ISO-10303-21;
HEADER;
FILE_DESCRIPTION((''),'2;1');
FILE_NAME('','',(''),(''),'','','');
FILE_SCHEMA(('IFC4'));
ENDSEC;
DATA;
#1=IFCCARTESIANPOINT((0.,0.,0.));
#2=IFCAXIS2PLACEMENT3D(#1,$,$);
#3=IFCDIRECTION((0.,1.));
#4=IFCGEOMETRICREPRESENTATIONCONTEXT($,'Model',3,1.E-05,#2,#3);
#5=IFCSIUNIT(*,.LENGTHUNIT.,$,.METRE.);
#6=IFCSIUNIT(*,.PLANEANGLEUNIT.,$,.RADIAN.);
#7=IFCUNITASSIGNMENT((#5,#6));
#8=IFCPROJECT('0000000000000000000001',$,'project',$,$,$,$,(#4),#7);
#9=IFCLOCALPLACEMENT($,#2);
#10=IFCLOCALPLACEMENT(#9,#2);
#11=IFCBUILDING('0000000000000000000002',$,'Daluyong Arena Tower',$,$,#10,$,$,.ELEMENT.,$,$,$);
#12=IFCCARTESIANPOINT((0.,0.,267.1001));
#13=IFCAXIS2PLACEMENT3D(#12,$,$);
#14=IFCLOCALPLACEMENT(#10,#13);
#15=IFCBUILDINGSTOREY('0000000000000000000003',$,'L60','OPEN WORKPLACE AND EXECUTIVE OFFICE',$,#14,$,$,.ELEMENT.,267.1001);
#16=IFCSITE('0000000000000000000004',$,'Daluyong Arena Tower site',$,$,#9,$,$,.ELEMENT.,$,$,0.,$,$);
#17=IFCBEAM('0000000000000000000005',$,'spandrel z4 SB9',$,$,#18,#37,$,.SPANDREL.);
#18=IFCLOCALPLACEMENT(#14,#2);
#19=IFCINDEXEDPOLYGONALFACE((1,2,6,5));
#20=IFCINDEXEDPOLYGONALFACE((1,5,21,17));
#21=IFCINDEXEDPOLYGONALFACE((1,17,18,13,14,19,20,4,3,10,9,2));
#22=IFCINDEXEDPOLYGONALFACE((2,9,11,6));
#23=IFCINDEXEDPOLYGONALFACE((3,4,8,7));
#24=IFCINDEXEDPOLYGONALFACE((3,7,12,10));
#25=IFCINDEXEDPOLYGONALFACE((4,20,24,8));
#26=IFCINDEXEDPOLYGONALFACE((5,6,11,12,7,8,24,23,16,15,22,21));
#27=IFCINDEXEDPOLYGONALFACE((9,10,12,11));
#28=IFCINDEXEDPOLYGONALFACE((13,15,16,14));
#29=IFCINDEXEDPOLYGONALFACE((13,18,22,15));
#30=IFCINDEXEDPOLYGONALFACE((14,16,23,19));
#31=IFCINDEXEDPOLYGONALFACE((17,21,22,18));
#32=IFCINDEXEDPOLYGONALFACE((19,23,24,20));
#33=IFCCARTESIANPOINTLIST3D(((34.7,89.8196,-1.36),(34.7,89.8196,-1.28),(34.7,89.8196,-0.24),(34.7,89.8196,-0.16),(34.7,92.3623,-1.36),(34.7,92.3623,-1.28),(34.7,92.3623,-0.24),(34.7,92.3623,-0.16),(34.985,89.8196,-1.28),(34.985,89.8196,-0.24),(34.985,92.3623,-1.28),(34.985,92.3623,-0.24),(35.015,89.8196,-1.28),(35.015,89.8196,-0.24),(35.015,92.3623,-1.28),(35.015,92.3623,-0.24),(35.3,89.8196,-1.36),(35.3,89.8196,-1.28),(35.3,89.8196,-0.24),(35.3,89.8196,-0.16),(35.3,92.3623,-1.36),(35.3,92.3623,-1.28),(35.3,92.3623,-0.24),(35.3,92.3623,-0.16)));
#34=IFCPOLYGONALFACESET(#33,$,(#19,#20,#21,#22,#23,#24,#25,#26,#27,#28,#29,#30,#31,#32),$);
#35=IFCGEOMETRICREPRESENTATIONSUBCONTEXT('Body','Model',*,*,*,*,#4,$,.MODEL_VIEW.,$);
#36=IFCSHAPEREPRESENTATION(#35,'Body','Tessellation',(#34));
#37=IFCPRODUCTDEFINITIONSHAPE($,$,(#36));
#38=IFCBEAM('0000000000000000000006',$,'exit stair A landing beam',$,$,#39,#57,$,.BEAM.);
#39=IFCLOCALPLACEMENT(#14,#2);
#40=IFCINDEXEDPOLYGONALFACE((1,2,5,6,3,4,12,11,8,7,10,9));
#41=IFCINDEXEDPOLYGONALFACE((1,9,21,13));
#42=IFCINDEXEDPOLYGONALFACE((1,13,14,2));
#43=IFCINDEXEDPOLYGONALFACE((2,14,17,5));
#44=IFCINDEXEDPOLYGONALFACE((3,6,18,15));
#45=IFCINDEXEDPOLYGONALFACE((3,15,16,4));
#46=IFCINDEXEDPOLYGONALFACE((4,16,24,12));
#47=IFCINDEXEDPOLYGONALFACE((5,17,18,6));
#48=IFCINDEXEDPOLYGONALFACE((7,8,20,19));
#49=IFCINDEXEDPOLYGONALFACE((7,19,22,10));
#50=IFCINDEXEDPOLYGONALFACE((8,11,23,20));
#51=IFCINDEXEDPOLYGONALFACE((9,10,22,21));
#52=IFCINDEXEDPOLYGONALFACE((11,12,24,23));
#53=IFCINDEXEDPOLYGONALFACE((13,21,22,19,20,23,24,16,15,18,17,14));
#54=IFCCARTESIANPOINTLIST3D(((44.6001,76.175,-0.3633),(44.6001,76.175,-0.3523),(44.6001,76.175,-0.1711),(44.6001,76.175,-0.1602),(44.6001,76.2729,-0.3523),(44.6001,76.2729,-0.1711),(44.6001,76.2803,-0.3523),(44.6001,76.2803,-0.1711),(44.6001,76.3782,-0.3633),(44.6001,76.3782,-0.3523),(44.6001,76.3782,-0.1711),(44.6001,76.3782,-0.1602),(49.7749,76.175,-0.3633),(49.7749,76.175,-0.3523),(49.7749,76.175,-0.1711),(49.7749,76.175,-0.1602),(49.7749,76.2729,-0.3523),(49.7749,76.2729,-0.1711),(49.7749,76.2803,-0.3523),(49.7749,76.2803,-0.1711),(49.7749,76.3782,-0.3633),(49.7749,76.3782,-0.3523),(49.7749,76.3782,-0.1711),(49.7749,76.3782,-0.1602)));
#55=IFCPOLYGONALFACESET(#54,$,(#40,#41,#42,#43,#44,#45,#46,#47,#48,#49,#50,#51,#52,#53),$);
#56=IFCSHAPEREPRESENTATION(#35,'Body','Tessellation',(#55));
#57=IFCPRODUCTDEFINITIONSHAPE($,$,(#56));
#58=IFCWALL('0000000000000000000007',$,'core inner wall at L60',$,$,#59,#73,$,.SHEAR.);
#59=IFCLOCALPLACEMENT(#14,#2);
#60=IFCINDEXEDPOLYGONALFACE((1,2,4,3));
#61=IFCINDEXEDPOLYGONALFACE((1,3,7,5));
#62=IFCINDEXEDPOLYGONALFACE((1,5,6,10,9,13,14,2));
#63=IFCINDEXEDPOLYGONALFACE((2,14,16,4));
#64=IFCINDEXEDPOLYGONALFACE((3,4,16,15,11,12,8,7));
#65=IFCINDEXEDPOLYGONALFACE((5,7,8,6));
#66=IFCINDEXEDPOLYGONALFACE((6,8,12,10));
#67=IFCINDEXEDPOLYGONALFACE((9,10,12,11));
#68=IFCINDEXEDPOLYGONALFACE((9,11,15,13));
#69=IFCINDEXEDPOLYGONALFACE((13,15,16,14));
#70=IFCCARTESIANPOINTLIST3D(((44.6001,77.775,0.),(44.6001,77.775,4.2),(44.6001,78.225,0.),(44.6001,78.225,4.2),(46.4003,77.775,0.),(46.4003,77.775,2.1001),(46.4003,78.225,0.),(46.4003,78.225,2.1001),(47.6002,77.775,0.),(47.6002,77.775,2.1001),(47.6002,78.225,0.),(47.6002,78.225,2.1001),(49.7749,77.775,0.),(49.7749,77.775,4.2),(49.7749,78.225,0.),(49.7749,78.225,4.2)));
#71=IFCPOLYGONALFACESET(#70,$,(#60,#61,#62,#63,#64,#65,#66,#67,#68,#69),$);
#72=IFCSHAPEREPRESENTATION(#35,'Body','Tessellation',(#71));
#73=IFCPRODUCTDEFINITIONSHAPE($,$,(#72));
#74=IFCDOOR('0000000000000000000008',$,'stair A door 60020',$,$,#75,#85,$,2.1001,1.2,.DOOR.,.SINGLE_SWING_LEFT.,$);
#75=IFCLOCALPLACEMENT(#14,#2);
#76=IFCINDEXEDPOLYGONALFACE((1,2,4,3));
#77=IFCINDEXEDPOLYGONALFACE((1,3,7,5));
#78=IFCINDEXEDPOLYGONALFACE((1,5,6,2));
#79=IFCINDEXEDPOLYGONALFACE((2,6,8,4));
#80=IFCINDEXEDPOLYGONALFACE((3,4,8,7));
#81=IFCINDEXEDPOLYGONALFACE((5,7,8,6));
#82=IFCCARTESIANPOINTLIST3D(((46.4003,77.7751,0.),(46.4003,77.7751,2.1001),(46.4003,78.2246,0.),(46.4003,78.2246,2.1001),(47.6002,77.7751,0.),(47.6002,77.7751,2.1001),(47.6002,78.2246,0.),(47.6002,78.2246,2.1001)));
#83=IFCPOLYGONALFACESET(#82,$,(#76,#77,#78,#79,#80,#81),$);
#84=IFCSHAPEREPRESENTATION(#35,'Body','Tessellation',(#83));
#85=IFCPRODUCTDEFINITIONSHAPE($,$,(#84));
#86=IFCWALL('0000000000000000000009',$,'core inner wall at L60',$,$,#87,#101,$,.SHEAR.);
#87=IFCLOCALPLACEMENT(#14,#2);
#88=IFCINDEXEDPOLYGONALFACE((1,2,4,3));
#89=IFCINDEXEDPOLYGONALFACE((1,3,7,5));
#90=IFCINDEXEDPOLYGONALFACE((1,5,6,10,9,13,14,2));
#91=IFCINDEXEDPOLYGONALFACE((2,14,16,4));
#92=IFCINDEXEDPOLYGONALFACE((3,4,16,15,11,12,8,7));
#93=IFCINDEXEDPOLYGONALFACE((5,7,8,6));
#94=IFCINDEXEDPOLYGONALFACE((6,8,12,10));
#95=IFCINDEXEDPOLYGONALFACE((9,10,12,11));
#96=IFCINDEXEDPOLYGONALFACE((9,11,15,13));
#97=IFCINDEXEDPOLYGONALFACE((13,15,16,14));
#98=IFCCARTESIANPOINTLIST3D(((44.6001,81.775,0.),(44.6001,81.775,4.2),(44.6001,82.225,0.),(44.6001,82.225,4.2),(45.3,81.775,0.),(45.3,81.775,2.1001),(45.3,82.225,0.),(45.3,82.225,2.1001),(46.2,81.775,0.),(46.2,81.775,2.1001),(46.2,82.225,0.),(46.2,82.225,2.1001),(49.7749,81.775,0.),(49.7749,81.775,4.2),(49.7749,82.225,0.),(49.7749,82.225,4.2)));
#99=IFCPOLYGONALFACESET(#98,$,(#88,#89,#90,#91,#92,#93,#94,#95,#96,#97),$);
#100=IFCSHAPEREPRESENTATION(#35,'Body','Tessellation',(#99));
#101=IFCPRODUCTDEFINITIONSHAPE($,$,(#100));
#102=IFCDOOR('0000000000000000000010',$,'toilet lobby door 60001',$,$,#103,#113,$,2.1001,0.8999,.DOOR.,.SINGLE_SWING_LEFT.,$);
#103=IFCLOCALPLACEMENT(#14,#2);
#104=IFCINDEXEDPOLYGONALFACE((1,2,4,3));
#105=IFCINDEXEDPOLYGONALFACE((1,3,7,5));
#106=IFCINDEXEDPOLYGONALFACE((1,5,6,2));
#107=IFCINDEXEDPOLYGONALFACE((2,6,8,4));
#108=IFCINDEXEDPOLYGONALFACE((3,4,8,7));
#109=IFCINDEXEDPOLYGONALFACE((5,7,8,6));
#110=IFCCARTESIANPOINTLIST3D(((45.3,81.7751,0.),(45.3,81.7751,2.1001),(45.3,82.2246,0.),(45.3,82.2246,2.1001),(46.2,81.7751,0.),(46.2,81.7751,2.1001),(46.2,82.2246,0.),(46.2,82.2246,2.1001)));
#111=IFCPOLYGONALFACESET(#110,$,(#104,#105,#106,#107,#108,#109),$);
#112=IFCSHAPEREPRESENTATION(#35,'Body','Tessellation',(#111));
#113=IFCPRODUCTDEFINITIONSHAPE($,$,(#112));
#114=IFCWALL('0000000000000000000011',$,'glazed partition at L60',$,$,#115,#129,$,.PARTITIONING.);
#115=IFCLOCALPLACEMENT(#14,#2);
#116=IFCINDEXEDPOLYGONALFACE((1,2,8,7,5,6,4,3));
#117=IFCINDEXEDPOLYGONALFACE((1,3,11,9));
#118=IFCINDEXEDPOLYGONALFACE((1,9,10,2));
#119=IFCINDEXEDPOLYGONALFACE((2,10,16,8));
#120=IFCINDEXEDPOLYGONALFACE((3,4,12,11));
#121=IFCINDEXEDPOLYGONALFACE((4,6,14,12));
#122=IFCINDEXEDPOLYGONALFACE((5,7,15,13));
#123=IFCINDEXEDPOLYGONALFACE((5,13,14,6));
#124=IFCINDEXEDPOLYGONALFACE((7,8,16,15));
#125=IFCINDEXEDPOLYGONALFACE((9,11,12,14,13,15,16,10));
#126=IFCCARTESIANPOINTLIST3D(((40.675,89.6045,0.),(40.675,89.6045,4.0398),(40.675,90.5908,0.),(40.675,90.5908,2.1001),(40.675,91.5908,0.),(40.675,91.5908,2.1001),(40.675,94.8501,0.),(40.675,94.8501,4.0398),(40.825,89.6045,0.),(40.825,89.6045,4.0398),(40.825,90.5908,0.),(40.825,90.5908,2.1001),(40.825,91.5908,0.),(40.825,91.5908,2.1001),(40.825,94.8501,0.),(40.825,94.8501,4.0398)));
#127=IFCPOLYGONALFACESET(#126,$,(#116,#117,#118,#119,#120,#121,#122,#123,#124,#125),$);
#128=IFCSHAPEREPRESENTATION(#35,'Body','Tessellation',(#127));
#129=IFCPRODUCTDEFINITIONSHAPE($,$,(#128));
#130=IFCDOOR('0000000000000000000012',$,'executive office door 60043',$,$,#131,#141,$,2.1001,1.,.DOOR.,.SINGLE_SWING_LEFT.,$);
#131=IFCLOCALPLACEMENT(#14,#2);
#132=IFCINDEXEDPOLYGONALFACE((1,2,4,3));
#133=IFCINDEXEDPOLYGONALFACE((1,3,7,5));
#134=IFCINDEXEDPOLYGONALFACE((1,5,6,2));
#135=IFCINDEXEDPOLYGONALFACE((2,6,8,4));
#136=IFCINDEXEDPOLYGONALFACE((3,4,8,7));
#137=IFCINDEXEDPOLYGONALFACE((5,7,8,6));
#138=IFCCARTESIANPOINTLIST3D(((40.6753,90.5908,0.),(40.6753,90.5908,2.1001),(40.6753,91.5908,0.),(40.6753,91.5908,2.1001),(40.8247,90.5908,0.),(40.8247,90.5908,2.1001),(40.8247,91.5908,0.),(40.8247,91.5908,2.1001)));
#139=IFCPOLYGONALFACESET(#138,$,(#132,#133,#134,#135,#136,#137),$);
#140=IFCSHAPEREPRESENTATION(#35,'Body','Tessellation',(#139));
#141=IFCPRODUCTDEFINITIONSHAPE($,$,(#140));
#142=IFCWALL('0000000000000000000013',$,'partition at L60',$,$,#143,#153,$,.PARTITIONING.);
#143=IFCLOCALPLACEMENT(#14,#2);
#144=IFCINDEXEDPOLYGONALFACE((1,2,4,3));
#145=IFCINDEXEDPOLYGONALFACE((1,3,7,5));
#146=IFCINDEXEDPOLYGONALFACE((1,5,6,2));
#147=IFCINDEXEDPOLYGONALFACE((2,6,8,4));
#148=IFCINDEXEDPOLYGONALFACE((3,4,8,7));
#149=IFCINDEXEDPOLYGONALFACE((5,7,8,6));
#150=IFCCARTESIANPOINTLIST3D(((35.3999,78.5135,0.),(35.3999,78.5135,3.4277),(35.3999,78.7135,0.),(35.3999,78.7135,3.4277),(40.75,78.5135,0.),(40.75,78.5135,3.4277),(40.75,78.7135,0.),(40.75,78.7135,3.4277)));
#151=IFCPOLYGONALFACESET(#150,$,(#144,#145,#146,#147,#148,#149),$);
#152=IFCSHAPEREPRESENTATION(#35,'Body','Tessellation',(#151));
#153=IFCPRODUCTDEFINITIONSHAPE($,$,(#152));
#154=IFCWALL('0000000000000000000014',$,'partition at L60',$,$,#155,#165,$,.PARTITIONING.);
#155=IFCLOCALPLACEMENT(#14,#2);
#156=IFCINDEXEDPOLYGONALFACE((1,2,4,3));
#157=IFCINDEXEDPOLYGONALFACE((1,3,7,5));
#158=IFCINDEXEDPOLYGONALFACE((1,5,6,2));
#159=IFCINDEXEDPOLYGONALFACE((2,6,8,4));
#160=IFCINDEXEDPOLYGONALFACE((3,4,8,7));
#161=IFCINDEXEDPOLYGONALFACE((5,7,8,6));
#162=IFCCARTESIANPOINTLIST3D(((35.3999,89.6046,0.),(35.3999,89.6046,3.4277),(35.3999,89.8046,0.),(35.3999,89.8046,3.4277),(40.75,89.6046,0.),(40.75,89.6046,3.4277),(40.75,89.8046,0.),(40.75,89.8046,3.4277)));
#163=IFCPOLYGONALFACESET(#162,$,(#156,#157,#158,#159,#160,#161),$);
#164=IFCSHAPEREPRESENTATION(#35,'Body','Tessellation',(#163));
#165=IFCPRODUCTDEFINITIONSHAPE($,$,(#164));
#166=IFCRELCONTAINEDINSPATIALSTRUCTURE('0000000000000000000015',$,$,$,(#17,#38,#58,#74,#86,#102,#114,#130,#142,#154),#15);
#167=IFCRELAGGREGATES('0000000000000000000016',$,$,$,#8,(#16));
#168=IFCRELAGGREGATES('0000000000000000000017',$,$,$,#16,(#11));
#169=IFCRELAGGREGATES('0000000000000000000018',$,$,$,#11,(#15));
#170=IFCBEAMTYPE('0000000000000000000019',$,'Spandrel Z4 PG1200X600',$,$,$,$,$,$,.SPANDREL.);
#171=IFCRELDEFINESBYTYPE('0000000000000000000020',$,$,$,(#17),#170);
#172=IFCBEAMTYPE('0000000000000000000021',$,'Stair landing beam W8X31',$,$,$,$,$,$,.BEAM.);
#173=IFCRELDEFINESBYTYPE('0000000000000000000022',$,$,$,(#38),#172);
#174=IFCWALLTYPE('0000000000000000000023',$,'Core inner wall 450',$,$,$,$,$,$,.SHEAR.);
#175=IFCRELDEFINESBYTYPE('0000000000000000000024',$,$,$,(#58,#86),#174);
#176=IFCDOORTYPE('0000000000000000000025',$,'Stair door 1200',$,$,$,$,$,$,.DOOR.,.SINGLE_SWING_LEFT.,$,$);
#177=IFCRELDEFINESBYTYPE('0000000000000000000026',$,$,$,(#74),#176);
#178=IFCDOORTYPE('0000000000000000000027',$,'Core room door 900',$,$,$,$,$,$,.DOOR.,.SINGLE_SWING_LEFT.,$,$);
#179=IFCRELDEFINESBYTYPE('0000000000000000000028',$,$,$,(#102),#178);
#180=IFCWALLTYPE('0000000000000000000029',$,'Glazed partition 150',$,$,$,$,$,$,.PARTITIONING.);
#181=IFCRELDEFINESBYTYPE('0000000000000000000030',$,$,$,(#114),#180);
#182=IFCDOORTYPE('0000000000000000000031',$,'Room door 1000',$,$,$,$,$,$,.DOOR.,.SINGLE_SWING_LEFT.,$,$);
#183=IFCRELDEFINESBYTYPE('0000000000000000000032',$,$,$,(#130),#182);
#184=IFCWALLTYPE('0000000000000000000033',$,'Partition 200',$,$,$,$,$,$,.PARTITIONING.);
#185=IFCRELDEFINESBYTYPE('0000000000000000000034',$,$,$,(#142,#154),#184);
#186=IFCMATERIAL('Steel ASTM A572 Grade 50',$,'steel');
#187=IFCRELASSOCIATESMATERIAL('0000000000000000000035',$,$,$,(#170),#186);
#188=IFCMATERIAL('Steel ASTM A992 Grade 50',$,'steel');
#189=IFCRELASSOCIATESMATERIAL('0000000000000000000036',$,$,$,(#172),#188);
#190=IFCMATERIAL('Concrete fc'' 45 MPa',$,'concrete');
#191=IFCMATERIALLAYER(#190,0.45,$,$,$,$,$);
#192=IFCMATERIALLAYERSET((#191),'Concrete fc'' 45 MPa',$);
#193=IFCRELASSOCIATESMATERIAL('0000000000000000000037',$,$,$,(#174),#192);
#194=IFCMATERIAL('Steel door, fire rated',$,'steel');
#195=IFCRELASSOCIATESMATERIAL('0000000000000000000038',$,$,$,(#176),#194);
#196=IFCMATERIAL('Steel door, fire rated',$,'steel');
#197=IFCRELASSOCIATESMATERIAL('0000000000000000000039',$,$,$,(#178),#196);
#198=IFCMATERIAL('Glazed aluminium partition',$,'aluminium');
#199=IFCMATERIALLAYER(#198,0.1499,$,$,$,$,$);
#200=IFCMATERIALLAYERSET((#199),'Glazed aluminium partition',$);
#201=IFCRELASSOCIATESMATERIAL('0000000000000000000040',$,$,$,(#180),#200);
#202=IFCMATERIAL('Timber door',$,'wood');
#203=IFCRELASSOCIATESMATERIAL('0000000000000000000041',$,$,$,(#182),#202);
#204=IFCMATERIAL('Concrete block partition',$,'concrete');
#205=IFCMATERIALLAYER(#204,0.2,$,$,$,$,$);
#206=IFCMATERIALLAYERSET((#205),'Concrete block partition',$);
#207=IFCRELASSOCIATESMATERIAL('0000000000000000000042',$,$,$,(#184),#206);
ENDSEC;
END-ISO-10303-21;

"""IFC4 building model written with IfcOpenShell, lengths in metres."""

from ifc_helpers import new_model, si_unit, direction, frame, frame_2d, origin, origin_2d, place, context, subcontext, project, spatial, rectangle, i_section, extrude, material, layer, layer_set, material_profile, profile_set, type_object, element, fill, save


model = new_model("IFC4")

# Units and contexts
model_context = context("Model", 3, precision=1e-05, world=origin(), true_north=direction((0.0, 1.0)))
body_context = subcontext(model_context, "Body", "Model", "MODEL_VIEW")
ifc_project = project(units=[si_unit("LENGTHUNIT", "METRE"), si_unit("PLANEANGLEUNIT", "RADIAN")], contexts=[model_context])

# Site, building, storey
site_placement = place(None, origin())
site = spatial("IfcSite", under=ifc_project, at=site_placement, Name="Daluyong Arena Tower site", CompositionType="ELEMENT", RefElevation=0.0)
building_placement = place(site_placement, origin())
building = spatial("IfcBuilding", under=site, at=building_placement, Name="Daluyong Arena Tower", CompositionType="ELEMENT")
storey_placement = place(building_placement, frame((0.0, 0.0, 267.1001)))
storey = spatial("IfcBuildingStorey", under=building, at=storey_placement, Name="L60", Description="OPEN WORKPLACE AND EXECUTIVE OFFICE", CompositionType="ELEMENT", Elevation=267.1001)

# Beams
ifc_material_1 = material(Name="Steel ASTM A572 Grade 50", Category="steel")
ifc_material_profile_1 = material_profile(ifc_material_1, i_section(OverallWidth=0.6001, OverallDepth=1.2, WebThickness=0.03, FlangeThickness=0.08, at=origin_2d()))
ifc_profile_set_1 = profile_set([ifc_material_profile_1], Name="Steel ASTM A572 Grade 50")
beam_type_1 = type_object("IfcBeamType", Name="Spandrel Z4 PG1200X600", PredefinedType="SPANDREL", material=ifc_profile_set_1)
beam_1_placement = place(storey_placement, frame((35.0, 92.3623, -0.76), z_axis=(0.0, -1.0, 0.0), x_axis=(1.0, 0.0, 0.0)))
element("IfcBeam", 1, at=beam_1_placement, inside=storey, type_object=beam_type_1, Name="spandrel z4 SB9", PredefinedType="SPANDREL", context=body_context, shape_type="SweptSolid", body=[
    extrude(i_section(OverallWidth=0.6001, OverallDepth=1.2, WebThickness=0.03, FlangeThickness=0.08, at=origin_2d()), origin(), (0.0, 0.0, 1.0), 2.5427),
])
ifc_material_2 = material(Name="Steel ASTM A992 Grade 50", Category="steel")
ifc_material_profile_2 = material_profile(ifc_material_2, i_section(OverallWidth=0.2031, OverallDepth=0.2031, WebThickness=0.0073, FlangeThickness=0.011, at=origin_2d()))
ifc_profile_set_2 = profile_set([ifc_material_profile_2], Name="Steel ASTM A992 Grade 50")
beam_type_2 = type_object("IfcBeamType", Name="Stair landing beam W8X31", PredefinedType="BEAM", material=ifc_profile_set_2)
beam_2_placement = place(storey_placement, frame((44.6001, 76.2766, -0.2617), z_axis=(1.0, 0.0, 0.0), x_axis=(0.0, 1.0, 0.0)))
element("IfcBeam", 2, at=beam_2_placement, inside=storey, type_object=beam_type_2, Name="exit stair A landing beam", PredefinedType="BEAM", context=body_context, shape_type="SweptSolid", body=[
    extrude(i_section(OverallWidth=0.2031, OverallDepth=0.2031, WebThickness=0.0073, FlangeThickness=0.011, at=origin_2d()), origin(), (0.0, 0.0, 1.0), 5.1748),
])

# Walls, openings, doors
ifc_material_3 = material(Name="Concrete fc' 45 MPa", Category="concrete")
ifc_layer_1 = layer(ifc_material_3, 0.45)
ifc_layer_set_1 = layer_set([ifc_layer_1], Name="Concrete fc' 45 MPa")
wall_type_1 = type_object("IfcWallType", Name="Core inner wall 450", PredefinedType="SHEAR", material=ifc_layer_set_1)
wall_1_placement = place(storey_placement, frame((44.6001, 78.0, 0.0), z_axis=(0.0, 0.0, 1.0), x_axis=(1.0, 0.0, 0.0)))
wall_1 = element("IfcWall", 3, at=wall_1_placement, inside=storey, type_object=wall_type_1, Name="core inner wall at L60", PredefinedType="SHEAR", context=body_context, shape_type="SweptSolid", body=[
    extrude(rectangle(XDim=5.1748, YDim=0.45, at=frame_2d((2.5874, 0.0))), origin(), (0.0, 0.0, 1.0), 4.2),
])
opening_1_placement = place(wall_1_placement, frame((1.8, 0.0, 0.0)))
opening_1 = element("IfcOpeningElement", 4, at=opening_1_placement, cuts=wall_1, PredefinedType="OPENING", context=body_context, shape_type="SweptSolid", body=[
    extrude(rectangle(XDim=1.2, YDim=2.1001, at=frame_2d((0.6001, 1.05))), frame((0.0, 0.2349, 0.0), z_axis=(0.0, -1.0, 0.0), x_axis=(1.0, 0.0, 0.0)), (0.0, 0.0, 1.0), 0.47),
])
ifc_material_4 = material(Name="Steel door, fire rated", Category="steel")
door_type_1 = type_object("IfcDoorType", Name="Stair door 1200", OperationType="SINGLE_SWING_LEFT", PredefinedType="DOOR", material=ifc_material_4)
door_1_placement = place(opening_1_placement, origin())
door_1 = element("IfcDoor", 5, at=door_1_placement, inside=storey, type_object=door_type_1, Name="stair A door 60020", OperationType="SINGLE_SWING_LEFT", OverallHeight=2.1001, OverallWidth=1.2, PredefinedType="DOOR", context=body_context, shape_type="SweptSolid", body=[
    extrude(rectangle(XDim=1.2, YDim=2.1001, at=frame_2d((0.6001, 1.05))), frame((0.0, 0.2246, 0.0), z_axis=(0.0, -1.0, 0.0), x_axis=(1.0, 0.0, 0.0)), (0.0, 0.0, 1.0), 0.4495),
])
fill(opening_1, door_1)
wall_2_placement = place(storey_placement, frame((44.6001, 82.0, 0.0), z_axis=(0.0, 0.0, 1.0), x_axis=(1.0, 0.0, 0.0)))
wall_2 = element("IfcWall", 6, at=wall_2_placement, inside=storey, type_object=wall_type_1, Name="core inner wall at L60", PredefinedType="SHEAR", context=body_context, shape_type="SweptSolid", body=[
    extrude(rectangle(XDim=5.1748, YDim=0.45, at=frame_2d((2.5874, 0.0))), origin(), (0.0, 0.0, 1.0), 4.2),
])
opening_2_placement = place(wall_2_placement, frame((0.7, 0.0, 0.0)))
opening_2 = element("IfcOpeningElement", 7, at=opening_2_placement, cuts=wall_2, PredefinedType="OPENING", context=body_context, shape_type="SweptSolid", body=[
    extrude(rectangle(XDim=0.8999, YDim=2.1001, at=frame_2d((0.45, 1.05))), frame((0.0, 0.2349, 0.0), z_axis=(0.0, -1.0, 0.0), x_axis=(1.0, 0.0, 0.0)), (0.0, 0.0, 1.0), 0.47),
])
ifc_material_5 = material(Name="Steel door, fire rated", Category="steel")
door_type_2 = type_object("IfcDoorType", Name="Core room door 900", OperationType="SINGLE_SWING_LEFT", PredefinedType="DOOR", material=ifc_material_5)
door_2_placement = place(opening_2_placement, origin())
door_2 = element("IfcDoor", 8, at=door_2_placement, inside=storey, type_object=door_type_2, Name="toilet lobby door 60001", OperationType="SINGLE_SWING_LEFT", OverallHeight=2.1001, OverallWidth=0.8999, PredefinedType="DOOR", context=body_context, shape_type="SweptSolid", body=[
    extrude(rectangle(XDim=0.8999, YDim=2.1001, at=frame_2d((0.45, 1.05))), frame((0.0, 0.2246, 0.0), z_axis=(0.0, -1.0, 0.0), x_axis=(1.0, 0.0, 0.0)), (0.0, 0.0, 1.0), 0.4495),
])
fill(opening_2, door_2)
ifc_material_6 = material(Name="Glazed aluminium partition", Category="aluminium")
ifc_layer_2 = layer(ifc_material_6, 0.1499)
ifc_layer_set_2 = layer_set([ifc_layer_2], Name="Glazed aluminium partition")
wall_type_2 = type_object("IfcWallType", Name="Glazed partition 150", PredefinedType="PARTITIONING", material=ifc_layer_set_2)
wall_3_placement = place(storey_placement, frame((40.75, 89.6045, 0.0), z_axis=(0.0, 0.0, 1.0), x_axis=(0.0, 1.0, 0.0)))
wall_3 = element("IfcWall", 9, at=wall_3_placement, inside=storey, type_object=wall_type_2, Name="glazed partition at L60", PredefinedType="PARTITIONING", context=body_context, shape_type="SweptSolid", body=[
    extrude(rectangle(XDim=5.2456, YDim=0.1499, at=frame_2d((2.6228, 0.0))), origin(), (0.0, 0.0, 1.0), 4.0398),
])
opening_3_placement = place(wall_3_placement, frame((0.9863, 0.0, 0.0)))
opening_3 = element("IfcOpeningElement", 10, at=opening_3_placement, cuts=wall_3, PredefinedType="OPENING", context=body_context, shape_type="SweptSolid", body=[
    extrude(rectangle(XDim=1.0, YDim=2.1001, at=frame_2d((0.5, 1.05))), frame((0.0, 0.085, 0.0), z_axis=(0.0, -1.0, 0.0), x_axis=(1.0, 0.0, 0.0)), (0.0, 0.0, 1.0), 0.1699),
])
ifc_material_7 = material(Name="Timber door", Category="wood")
door_type_3 = type_object("IfcDoorType", Name="Room door 1000", OperationType="SINGLE_SWING_LEFT", PredefinedType="DOOR", material=ifc_material_7)
door_3_placement = place(opening_3_placement, origin())
door_3 = element("IfcDoor", 11, at=door_3_placement, inside=storey, type_object=door_type_3, Name="executive office door 60043", OperationType="SINGLE_SWING_LEFT", OverallHeight=2.1001, OverallWidth=1.0, PredefinedType="DOOR", context=body_context, shape_type="SweptSolid", body=[
    extrude(rectangle(XDim=1.0, YDim=2.1001, at=frame_2d((0.5, 1.05))), frame((0.0, 0.0747, 0.0), z_axis=(0.0, -1.0, 0.0), x_axis=(1.0, 0.0, 0.0)), (0.0, 0.0, 1.0), 0.1494),
])
fill(opening_3, door_3)

# Walls
ifc_material_8 = material(Name="Concrete block partition", Category="concrete")
ifc_layer_3 = layer(ifc_material_8, 0.2)
ifc_layer_set_3 = layer_set([ifc_layer_3], Name="Concrete block partition")
wall_type_3 = type_object("IfcWallType", Name="Partition 200", PredefinedType="PARTITIONING", material=ifc_layer_set_3)
for number, where, z_axis, x_axis, name in (
    (12, (35.3999, 78.6135, 0.0), (0.0, 0.0, 1.0), (1.0, 0.0, 0.0), "partition at L60"),
    (13, (35.3999, 89.7046, 0.0), (0.0, 0.0, 1.0), (1.0, 0.0, 0.0), "partition at L60"),
):
    element("IfcWall", number, at=place(storey_placement, frame(where, z_axis=z_axis, x_axis=x_axis)), inside=storey, type_object=wall_type_3, Name=name, PredefinedType="PARTITIONING", context=body_context, shape_type="SweptSolid", body=[
        extrude(rectangle(XDim=5.3501, YDim=0.2, at=frame_2d((2.675, 0.0))), origin(), (0.0, 0.0, 1.0), 3.4277),
    ])

save(model, "model.ifc")
